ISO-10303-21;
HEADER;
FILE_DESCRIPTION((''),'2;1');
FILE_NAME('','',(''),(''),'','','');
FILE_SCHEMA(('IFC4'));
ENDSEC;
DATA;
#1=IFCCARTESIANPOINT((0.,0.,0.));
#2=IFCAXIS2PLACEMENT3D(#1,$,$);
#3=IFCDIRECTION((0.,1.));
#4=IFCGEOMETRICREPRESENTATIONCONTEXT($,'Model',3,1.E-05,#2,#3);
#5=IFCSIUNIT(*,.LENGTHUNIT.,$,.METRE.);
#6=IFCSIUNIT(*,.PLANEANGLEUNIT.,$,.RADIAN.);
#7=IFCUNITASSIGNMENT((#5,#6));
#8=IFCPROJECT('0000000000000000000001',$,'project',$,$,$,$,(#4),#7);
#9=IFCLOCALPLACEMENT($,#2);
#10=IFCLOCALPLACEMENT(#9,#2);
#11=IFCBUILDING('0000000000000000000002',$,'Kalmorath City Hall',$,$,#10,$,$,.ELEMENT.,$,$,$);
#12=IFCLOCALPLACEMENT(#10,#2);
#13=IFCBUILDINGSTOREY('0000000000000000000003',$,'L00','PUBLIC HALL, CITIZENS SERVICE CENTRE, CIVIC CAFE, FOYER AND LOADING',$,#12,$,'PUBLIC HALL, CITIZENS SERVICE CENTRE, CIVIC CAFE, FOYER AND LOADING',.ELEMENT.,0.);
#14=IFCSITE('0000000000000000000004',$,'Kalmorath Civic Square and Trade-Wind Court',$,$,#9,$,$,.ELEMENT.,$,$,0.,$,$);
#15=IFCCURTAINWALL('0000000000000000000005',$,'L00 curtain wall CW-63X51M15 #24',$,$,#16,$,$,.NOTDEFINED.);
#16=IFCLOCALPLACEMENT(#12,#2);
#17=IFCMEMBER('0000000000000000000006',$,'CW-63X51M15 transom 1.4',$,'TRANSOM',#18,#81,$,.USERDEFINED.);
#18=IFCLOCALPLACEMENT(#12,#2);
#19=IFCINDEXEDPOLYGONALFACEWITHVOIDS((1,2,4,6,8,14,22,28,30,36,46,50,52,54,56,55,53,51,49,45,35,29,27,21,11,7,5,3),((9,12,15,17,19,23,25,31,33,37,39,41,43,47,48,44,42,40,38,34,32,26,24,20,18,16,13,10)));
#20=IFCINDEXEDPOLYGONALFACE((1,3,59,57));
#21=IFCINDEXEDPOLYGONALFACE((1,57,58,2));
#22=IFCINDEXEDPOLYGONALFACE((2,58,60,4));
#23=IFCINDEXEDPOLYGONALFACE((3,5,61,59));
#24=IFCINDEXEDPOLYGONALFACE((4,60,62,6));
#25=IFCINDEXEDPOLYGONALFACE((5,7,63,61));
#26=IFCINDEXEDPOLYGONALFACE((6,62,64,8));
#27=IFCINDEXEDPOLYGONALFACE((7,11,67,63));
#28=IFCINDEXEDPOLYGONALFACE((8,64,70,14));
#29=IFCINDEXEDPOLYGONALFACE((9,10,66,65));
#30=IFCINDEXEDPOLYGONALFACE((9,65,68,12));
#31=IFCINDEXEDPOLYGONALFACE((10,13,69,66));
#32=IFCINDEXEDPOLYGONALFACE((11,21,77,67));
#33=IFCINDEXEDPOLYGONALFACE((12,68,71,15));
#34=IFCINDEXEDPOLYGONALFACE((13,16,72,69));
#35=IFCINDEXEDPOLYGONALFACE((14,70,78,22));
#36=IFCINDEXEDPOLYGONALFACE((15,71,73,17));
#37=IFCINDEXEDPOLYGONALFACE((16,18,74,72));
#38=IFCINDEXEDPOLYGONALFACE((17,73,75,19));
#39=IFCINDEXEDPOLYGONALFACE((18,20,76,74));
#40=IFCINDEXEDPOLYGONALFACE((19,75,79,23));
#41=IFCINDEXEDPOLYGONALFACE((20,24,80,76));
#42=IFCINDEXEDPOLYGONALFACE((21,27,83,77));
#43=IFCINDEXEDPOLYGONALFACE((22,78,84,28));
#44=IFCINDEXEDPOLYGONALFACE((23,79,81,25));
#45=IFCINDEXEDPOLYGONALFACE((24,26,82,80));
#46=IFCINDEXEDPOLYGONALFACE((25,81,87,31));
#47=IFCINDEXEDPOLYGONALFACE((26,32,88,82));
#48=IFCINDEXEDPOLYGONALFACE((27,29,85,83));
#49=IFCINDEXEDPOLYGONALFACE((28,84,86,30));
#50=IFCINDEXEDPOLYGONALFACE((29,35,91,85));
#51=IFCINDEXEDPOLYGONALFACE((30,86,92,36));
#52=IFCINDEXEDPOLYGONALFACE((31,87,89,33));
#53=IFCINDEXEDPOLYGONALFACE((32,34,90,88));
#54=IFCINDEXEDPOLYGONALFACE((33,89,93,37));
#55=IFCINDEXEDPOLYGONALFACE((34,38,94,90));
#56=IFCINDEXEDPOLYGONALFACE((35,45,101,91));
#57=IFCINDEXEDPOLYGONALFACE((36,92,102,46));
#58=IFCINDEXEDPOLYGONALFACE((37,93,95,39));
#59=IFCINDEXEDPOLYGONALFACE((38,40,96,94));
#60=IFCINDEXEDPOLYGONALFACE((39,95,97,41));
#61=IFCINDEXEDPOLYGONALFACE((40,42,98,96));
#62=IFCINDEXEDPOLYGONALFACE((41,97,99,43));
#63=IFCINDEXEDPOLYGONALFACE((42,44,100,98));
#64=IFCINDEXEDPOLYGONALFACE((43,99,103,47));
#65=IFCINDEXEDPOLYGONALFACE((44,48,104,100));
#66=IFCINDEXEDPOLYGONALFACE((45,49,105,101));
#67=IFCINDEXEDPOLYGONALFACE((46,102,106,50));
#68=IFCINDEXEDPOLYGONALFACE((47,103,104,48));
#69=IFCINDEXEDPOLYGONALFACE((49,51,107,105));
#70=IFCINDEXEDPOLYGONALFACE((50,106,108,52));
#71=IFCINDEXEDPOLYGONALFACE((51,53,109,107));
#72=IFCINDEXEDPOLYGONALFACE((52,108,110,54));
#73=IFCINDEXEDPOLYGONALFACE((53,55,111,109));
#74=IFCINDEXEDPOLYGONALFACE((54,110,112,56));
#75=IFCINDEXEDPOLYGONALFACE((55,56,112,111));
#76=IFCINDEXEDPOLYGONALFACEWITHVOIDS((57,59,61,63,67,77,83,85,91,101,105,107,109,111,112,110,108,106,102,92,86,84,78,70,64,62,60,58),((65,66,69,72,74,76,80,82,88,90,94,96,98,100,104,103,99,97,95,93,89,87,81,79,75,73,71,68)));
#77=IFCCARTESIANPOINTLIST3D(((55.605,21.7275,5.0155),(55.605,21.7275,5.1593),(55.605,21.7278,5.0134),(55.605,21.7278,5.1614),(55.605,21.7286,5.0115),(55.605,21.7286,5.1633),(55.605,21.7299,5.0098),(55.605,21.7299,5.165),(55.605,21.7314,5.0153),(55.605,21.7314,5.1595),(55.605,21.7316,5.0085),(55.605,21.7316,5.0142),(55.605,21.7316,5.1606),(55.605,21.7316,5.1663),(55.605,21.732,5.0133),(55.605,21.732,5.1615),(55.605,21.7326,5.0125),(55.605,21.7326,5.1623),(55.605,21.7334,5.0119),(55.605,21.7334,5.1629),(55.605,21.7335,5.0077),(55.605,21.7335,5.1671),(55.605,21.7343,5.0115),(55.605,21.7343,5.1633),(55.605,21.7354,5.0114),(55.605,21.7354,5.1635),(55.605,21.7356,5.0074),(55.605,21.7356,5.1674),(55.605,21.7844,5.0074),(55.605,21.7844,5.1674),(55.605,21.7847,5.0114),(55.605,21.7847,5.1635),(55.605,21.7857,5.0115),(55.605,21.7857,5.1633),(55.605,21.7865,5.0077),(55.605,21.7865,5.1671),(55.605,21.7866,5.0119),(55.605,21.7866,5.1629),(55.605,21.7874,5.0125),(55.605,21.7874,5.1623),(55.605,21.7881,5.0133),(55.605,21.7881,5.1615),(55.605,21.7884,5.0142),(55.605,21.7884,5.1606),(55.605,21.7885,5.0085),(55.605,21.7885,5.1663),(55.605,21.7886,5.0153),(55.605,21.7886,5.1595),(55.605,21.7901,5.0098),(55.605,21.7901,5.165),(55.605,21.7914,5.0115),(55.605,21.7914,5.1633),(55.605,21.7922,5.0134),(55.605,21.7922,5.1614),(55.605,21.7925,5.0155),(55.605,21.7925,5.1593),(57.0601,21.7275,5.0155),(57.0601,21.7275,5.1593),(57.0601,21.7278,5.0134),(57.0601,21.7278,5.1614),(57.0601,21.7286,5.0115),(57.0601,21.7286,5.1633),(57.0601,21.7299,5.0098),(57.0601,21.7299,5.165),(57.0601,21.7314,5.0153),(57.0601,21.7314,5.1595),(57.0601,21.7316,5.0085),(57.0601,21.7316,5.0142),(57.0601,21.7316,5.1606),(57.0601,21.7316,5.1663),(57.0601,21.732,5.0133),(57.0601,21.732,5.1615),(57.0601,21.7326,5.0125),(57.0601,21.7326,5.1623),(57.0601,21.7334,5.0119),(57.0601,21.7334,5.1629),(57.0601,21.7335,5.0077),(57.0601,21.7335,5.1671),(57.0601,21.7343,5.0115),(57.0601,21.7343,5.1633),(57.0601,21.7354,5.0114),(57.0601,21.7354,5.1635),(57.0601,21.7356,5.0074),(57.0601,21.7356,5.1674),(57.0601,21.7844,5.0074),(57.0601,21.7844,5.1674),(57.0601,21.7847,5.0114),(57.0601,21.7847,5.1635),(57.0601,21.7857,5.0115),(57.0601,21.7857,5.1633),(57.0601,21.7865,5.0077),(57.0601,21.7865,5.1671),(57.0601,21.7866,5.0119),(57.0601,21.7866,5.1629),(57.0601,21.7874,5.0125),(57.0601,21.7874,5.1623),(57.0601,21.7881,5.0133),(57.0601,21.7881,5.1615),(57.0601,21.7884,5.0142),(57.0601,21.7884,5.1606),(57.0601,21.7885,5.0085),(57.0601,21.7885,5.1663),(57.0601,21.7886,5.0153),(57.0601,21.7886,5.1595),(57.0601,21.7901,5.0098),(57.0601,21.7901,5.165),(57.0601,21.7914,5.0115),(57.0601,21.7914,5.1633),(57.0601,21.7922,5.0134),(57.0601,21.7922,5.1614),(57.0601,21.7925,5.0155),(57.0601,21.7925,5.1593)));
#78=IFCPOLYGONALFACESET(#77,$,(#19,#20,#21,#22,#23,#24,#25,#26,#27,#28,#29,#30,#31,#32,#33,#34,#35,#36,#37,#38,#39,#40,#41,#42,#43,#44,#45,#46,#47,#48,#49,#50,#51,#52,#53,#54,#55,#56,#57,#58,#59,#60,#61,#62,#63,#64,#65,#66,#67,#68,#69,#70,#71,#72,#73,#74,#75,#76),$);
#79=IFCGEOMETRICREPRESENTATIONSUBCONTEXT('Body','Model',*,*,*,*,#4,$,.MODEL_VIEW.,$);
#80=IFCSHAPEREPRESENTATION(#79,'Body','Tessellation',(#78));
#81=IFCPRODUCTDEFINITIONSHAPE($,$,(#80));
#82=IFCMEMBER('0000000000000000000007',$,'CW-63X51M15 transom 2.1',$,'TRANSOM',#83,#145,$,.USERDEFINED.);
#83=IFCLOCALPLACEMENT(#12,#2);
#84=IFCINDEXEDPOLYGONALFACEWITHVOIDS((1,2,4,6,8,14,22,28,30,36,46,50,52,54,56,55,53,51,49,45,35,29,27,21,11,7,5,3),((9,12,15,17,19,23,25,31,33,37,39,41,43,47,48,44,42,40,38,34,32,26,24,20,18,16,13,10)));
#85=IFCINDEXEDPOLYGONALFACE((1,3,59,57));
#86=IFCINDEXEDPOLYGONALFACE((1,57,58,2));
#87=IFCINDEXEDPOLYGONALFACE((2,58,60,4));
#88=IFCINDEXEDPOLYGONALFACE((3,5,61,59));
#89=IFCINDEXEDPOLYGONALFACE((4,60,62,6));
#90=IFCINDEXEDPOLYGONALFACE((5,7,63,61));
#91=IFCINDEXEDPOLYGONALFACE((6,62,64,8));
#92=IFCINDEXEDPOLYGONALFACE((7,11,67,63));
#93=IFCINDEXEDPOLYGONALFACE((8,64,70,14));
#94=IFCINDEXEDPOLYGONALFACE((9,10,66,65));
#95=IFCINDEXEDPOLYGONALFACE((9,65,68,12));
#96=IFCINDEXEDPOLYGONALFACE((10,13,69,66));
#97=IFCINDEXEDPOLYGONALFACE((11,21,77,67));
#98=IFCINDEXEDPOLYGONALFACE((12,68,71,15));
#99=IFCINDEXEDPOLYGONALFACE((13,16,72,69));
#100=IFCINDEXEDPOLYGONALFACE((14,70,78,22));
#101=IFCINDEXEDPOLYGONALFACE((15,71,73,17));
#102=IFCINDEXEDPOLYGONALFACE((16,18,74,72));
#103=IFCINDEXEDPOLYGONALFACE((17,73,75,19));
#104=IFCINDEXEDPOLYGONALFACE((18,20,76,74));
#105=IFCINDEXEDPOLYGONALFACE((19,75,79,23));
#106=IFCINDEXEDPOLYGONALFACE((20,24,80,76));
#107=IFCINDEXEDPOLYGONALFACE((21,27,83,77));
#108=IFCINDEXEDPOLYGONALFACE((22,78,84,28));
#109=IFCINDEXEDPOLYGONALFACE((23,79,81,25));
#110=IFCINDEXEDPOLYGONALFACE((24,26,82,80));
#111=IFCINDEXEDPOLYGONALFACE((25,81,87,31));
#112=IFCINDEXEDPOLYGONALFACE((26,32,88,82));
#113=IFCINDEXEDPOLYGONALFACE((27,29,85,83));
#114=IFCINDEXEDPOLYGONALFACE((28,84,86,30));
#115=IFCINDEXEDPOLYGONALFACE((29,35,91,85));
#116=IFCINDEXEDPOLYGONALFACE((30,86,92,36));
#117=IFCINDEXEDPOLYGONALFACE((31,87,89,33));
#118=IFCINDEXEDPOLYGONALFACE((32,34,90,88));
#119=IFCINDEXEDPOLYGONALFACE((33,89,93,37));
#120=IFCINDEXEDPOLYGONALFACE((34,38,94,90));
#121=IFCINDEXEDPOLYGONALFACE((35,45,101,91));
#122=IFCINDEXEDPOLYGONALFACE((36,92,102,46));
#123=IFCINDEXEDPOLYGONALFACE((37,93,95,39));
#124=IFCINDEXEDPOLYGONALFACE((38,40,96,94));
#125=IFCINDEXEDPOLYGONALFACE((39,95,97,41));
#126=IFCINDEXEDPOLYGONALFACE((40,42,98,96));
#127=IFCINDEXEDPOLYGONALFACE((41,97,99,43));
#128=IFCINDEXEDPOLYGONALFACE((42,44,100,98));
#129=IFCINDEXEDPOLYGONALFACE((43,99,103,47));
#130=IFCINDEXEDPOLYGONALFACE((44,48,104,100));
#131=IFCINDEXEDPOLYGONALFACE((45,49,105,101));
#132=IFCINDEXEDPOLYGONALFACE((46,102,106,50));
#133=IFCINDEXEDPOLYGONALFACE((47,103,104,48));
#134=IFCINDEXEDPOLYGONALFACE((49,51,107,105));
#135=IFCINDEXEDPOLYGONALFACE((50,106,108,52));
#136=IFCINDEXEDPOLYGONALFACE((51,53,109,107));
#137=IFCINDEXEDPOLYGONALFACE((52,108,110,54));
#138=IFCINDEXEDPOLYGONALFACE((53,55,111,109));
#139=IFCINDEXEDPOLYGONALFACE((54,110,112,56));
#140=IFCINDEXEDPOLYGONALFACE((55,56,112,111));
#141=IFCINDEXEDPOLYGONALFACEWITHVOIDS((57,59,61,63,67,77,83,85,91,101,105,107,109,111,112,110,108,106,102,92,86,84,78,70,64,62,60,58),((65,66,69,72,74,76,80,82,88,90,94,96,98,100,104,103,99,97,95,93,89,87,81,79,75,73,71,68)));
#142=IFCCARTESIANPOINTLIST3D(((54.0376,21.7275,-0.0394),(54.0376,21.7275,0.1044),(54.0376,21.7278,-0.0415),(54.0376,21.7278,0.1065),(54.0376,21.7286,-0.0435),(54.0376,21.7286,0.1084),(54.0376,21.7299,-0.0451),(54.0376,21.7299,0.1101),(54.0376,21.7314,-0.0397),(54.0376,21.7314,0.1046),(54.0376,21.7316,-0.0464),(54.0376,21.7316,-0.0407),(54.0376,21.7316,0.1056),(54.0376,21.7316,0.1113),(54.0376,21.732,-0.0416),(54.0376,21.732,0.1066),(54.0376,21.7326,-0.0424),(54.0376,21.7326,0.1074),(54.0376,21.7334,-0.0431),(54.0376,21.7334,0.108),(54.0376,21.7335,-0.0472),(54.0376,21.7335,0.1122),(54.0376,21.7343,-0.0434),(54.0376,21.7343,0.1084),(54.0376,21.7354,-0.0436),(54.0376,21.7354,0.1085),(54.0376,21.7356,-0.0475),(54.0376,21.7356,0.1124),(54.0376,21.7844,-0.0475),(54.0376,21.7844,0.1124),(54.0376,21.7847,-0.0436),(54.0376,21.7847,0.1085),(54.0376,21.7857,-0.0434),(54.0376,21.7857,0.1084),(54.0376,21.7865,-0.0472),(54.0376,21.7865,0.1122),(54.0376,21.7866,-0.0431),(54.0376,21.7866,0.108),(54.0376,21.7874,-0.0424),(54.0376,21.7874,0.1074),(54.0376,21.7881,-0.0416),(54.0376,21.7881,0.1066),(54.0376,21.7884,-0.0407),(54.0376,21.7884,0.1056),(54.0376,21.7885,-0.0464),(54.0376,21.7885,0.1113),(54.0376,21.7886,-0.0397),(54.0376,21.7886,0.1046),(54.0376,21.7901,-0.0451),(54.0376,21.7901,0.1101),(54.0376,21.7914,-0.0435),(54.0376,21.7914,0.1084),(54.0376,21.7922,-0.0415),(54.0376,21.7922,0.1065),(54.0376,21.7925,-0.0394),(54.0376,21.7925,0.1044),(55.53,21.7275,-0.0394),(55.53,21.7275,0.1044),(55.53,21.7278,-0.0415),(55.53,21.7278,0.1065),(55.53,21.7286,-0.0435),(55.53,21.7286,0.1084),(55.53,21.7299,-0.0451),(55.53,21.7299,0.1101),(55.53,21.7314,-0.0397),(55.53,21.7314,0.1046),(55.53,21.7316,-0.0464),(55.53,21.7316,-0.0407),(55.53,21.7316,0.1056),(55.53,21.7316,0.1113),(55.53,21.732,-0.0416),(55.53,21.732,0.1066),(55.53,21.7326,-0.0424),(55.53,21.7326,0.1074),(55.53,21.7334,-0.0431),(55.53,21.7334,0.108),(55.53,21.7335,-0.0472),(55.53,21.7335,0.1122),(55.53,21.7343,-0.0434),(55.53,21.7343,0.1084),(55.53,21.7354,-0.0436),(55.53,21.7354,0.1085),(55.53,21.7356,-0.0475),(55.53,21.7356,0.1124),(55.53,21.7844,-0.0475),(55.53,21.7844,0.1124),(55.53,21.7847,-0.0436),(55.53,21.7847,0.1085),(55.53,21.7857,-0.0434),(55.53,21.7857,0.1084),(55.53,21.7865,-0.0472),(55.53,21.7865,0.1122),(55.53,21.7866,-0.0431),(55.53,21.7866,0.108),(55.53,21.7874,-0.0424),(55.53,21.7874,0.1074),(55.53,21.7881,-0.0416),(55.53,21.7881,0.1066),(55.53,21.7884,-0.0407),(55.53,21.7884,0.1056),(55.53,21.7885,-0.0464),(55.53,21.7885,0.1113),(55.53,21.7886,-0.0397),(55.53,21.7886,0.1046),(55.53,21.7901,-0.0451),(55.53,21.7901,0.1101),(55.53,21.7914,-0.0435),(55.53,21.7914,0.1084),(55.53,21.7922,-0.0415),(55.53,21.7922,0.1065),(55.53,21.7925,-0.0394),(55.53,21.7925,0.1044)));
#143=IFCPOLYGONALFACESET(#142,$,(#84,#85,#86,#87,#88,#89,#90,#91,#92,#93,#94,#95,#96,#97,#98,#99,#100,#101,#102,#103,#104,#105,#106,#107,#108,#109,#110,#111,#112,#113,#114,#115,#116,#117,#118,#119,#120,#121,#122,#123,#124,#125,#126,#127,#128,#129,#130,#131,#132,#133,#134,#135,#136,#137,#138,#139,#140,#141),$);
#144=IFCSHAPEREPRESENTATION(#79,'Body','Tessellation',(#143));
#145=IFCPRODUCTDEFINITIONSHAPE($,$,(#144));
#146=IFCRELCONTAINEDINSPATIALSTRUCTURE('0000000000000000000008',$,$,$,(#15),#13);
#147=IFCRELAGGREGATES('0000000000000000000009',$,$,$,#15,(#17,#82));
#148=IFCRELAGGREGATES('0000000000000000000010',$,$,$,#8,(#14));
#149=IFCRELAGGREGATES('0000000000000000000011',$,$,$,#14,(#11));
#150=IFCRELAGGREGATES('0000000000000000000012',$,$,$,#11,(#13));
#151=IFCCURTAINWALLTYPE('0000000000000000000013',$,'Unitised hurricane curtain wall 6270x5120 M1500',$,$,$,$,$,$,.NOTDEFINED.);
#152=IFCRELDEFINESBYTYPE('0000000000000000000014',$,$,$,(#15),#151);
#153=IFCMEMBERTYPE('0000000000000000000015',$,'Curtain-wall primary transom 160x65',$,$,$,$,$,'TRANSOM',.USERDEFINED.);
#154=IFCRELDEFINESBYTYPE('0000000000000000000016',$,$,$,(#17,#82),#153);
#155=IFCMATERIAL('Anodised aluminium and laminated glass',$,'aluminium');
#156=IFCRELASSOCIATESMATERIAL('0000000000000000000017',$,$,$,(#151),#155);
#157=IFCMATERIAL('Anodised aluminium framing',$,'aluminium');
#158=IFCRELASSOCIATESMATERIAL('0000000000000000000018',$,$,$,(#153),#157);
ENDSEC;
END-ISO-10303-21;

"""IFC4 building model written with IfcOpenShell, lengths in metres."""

from ifc_helpers import new_model, si_unit, direction, frame, origin, origin_2d, place, context, subcontext, project, spatial, hollow_rectangle, extrude, material, material_profile, profile_set, type_object, element, aggregate, save


model = new_model("IFC4")

# Units and contexts
model_context = context("Model", 3, precision=1e-05, world=origin(), true_north=direction((0.0, 1.0)))
body_context = subcontext(model_context, "Body", "Model", "MODEL_VIEW")
ifc_project = project(units=[si_unit("LENGTHUNIT", "METRE"), si_unit("PLANEANGLEUNIT", "RADIAN")], contexts=[model_context])

# Site, building, storey
site_placement = place(None, origin())
site = spatial("IfcSite", under=ifc_project, at=site_placement, Name="Kalmorath Civic Square and Trade-Wind Court", CompositionType="ELEMENT", RefElevation=0.0)
building_placement = place(site_placement, origin())
building = spatial("IfcBuilding", under=site, at=building_placement, Name="Kalmorath City Hall", CompositionType="ELEMENT")
storey_placement = place(building_placement, origin())
storey = spatial("IfcBuildingStorey", under=building, at=storey_placement, Name="L00", Description="PUBLIC HALL, CITIZENS SERVICE CENTRE, CIVIC CAFE, FOYER AND LOADING", LongName="PUBLIC HALL, CITIZENS SERVICE CENTRE, CIVIC CAFE, FOYER AND LOADING", CompositionType="ELEMENT", Elevation=0.0)

# Curtain wall, members
ifc_material_1 = material(Name="Anodised aluminium and laminated glass", Category="aluminium")
curtain_wall_type = type_object("IfcCurtainWallType", Name="Unitised hurricane curtain wall 6270x5120 M1500", PredefinedType="NOTDEFINED", material=ifc_material_1)
curtain_wall_placement = place(storey_placement, origin())
curtain_wall = element("IfcCurtainWall", 1, at=curtain_wall_placement, inside=storey, type_object=curtain_wall_type, Name="L00 curtain wall CW-63X51M15 #24", PredefinedType="NOTDEFINED")
ifc_material_2 = material(Name="Anodised aluminium framing", Category="aluminium")
ifc_material_profile_1 = material_profile(ifc_material_2, hollow_rectangle(XDim=0.0649, YDim=0.1599, WallThickness=0.0039, InnerFilletRadius=0.0039, OuterFilletRadius=0.0081, at=origin_2d()), Name="ALU-TRN-160X65X4")
ifc_profile_set_1 = profile_set([ifc_material_profile_1], Name="Anodised aluminium framing")
member_type_1 = type_object("IfcMemberType", Name="Curtain-wall primary transom 160x65", ElementType="TRANSOM", PredefinedType="USERDEFINED", material=ifc_profile_set_1)
member_1_placement = place(storey_placement, frame((57.0601, 21.76, 5.0874), z_axis=(-1.0, 0.0, 0.0), x_axis=(0.0, -1.0, 0.0)))
member_1 = element("IfcMember", 2, at=member_1_placement, type_object=member_type_1, Name="CW-63X51M15 transom 1.4", ObjectType="TRANSOM", PredefinedType="USERDEFINED", context=body_context, shape_type="SweptSolid", body=[
    extrude(hollow_rectangle(XDim=0.0649, YDim=0.1599, WallThickness=0.0039, InnerFilletRadius=0.0039, OuterFilletRadius=0.0081, at=origin_2d()), origin(), (0.0, 0.0, 1.0), 1.4551),
])
member_2_placement = place(storey_placement, frame((55.53, 21.76, 0.0325), z_axis=(-1.0, 0.0, 0.0), x_axis=(0.0, -1.0, 0.0)))
member_2 = element("IfcMember", 3, at=member_2_placement, type_object=member_type_1, Name="CW-63X51M15 transom 2.1", ObjectType="TRANSOM", PredefinedType="USERDEFINED", context=body_context, shape_type="SweptSolid", body=[
    extrude(hollow_rectangle(XDim=0.0649, YDim=0.1599, WallThickness=0.0039, InnerFilletRadius=0.0039, OuterFilletRadius=0.0081, at=origin_2d()), origin(), (0.0, 0.0, 1.0), 1.4924),
])

aggregate(curtain_wall, [member_1, member_2])

save(model, "model.ifc")
